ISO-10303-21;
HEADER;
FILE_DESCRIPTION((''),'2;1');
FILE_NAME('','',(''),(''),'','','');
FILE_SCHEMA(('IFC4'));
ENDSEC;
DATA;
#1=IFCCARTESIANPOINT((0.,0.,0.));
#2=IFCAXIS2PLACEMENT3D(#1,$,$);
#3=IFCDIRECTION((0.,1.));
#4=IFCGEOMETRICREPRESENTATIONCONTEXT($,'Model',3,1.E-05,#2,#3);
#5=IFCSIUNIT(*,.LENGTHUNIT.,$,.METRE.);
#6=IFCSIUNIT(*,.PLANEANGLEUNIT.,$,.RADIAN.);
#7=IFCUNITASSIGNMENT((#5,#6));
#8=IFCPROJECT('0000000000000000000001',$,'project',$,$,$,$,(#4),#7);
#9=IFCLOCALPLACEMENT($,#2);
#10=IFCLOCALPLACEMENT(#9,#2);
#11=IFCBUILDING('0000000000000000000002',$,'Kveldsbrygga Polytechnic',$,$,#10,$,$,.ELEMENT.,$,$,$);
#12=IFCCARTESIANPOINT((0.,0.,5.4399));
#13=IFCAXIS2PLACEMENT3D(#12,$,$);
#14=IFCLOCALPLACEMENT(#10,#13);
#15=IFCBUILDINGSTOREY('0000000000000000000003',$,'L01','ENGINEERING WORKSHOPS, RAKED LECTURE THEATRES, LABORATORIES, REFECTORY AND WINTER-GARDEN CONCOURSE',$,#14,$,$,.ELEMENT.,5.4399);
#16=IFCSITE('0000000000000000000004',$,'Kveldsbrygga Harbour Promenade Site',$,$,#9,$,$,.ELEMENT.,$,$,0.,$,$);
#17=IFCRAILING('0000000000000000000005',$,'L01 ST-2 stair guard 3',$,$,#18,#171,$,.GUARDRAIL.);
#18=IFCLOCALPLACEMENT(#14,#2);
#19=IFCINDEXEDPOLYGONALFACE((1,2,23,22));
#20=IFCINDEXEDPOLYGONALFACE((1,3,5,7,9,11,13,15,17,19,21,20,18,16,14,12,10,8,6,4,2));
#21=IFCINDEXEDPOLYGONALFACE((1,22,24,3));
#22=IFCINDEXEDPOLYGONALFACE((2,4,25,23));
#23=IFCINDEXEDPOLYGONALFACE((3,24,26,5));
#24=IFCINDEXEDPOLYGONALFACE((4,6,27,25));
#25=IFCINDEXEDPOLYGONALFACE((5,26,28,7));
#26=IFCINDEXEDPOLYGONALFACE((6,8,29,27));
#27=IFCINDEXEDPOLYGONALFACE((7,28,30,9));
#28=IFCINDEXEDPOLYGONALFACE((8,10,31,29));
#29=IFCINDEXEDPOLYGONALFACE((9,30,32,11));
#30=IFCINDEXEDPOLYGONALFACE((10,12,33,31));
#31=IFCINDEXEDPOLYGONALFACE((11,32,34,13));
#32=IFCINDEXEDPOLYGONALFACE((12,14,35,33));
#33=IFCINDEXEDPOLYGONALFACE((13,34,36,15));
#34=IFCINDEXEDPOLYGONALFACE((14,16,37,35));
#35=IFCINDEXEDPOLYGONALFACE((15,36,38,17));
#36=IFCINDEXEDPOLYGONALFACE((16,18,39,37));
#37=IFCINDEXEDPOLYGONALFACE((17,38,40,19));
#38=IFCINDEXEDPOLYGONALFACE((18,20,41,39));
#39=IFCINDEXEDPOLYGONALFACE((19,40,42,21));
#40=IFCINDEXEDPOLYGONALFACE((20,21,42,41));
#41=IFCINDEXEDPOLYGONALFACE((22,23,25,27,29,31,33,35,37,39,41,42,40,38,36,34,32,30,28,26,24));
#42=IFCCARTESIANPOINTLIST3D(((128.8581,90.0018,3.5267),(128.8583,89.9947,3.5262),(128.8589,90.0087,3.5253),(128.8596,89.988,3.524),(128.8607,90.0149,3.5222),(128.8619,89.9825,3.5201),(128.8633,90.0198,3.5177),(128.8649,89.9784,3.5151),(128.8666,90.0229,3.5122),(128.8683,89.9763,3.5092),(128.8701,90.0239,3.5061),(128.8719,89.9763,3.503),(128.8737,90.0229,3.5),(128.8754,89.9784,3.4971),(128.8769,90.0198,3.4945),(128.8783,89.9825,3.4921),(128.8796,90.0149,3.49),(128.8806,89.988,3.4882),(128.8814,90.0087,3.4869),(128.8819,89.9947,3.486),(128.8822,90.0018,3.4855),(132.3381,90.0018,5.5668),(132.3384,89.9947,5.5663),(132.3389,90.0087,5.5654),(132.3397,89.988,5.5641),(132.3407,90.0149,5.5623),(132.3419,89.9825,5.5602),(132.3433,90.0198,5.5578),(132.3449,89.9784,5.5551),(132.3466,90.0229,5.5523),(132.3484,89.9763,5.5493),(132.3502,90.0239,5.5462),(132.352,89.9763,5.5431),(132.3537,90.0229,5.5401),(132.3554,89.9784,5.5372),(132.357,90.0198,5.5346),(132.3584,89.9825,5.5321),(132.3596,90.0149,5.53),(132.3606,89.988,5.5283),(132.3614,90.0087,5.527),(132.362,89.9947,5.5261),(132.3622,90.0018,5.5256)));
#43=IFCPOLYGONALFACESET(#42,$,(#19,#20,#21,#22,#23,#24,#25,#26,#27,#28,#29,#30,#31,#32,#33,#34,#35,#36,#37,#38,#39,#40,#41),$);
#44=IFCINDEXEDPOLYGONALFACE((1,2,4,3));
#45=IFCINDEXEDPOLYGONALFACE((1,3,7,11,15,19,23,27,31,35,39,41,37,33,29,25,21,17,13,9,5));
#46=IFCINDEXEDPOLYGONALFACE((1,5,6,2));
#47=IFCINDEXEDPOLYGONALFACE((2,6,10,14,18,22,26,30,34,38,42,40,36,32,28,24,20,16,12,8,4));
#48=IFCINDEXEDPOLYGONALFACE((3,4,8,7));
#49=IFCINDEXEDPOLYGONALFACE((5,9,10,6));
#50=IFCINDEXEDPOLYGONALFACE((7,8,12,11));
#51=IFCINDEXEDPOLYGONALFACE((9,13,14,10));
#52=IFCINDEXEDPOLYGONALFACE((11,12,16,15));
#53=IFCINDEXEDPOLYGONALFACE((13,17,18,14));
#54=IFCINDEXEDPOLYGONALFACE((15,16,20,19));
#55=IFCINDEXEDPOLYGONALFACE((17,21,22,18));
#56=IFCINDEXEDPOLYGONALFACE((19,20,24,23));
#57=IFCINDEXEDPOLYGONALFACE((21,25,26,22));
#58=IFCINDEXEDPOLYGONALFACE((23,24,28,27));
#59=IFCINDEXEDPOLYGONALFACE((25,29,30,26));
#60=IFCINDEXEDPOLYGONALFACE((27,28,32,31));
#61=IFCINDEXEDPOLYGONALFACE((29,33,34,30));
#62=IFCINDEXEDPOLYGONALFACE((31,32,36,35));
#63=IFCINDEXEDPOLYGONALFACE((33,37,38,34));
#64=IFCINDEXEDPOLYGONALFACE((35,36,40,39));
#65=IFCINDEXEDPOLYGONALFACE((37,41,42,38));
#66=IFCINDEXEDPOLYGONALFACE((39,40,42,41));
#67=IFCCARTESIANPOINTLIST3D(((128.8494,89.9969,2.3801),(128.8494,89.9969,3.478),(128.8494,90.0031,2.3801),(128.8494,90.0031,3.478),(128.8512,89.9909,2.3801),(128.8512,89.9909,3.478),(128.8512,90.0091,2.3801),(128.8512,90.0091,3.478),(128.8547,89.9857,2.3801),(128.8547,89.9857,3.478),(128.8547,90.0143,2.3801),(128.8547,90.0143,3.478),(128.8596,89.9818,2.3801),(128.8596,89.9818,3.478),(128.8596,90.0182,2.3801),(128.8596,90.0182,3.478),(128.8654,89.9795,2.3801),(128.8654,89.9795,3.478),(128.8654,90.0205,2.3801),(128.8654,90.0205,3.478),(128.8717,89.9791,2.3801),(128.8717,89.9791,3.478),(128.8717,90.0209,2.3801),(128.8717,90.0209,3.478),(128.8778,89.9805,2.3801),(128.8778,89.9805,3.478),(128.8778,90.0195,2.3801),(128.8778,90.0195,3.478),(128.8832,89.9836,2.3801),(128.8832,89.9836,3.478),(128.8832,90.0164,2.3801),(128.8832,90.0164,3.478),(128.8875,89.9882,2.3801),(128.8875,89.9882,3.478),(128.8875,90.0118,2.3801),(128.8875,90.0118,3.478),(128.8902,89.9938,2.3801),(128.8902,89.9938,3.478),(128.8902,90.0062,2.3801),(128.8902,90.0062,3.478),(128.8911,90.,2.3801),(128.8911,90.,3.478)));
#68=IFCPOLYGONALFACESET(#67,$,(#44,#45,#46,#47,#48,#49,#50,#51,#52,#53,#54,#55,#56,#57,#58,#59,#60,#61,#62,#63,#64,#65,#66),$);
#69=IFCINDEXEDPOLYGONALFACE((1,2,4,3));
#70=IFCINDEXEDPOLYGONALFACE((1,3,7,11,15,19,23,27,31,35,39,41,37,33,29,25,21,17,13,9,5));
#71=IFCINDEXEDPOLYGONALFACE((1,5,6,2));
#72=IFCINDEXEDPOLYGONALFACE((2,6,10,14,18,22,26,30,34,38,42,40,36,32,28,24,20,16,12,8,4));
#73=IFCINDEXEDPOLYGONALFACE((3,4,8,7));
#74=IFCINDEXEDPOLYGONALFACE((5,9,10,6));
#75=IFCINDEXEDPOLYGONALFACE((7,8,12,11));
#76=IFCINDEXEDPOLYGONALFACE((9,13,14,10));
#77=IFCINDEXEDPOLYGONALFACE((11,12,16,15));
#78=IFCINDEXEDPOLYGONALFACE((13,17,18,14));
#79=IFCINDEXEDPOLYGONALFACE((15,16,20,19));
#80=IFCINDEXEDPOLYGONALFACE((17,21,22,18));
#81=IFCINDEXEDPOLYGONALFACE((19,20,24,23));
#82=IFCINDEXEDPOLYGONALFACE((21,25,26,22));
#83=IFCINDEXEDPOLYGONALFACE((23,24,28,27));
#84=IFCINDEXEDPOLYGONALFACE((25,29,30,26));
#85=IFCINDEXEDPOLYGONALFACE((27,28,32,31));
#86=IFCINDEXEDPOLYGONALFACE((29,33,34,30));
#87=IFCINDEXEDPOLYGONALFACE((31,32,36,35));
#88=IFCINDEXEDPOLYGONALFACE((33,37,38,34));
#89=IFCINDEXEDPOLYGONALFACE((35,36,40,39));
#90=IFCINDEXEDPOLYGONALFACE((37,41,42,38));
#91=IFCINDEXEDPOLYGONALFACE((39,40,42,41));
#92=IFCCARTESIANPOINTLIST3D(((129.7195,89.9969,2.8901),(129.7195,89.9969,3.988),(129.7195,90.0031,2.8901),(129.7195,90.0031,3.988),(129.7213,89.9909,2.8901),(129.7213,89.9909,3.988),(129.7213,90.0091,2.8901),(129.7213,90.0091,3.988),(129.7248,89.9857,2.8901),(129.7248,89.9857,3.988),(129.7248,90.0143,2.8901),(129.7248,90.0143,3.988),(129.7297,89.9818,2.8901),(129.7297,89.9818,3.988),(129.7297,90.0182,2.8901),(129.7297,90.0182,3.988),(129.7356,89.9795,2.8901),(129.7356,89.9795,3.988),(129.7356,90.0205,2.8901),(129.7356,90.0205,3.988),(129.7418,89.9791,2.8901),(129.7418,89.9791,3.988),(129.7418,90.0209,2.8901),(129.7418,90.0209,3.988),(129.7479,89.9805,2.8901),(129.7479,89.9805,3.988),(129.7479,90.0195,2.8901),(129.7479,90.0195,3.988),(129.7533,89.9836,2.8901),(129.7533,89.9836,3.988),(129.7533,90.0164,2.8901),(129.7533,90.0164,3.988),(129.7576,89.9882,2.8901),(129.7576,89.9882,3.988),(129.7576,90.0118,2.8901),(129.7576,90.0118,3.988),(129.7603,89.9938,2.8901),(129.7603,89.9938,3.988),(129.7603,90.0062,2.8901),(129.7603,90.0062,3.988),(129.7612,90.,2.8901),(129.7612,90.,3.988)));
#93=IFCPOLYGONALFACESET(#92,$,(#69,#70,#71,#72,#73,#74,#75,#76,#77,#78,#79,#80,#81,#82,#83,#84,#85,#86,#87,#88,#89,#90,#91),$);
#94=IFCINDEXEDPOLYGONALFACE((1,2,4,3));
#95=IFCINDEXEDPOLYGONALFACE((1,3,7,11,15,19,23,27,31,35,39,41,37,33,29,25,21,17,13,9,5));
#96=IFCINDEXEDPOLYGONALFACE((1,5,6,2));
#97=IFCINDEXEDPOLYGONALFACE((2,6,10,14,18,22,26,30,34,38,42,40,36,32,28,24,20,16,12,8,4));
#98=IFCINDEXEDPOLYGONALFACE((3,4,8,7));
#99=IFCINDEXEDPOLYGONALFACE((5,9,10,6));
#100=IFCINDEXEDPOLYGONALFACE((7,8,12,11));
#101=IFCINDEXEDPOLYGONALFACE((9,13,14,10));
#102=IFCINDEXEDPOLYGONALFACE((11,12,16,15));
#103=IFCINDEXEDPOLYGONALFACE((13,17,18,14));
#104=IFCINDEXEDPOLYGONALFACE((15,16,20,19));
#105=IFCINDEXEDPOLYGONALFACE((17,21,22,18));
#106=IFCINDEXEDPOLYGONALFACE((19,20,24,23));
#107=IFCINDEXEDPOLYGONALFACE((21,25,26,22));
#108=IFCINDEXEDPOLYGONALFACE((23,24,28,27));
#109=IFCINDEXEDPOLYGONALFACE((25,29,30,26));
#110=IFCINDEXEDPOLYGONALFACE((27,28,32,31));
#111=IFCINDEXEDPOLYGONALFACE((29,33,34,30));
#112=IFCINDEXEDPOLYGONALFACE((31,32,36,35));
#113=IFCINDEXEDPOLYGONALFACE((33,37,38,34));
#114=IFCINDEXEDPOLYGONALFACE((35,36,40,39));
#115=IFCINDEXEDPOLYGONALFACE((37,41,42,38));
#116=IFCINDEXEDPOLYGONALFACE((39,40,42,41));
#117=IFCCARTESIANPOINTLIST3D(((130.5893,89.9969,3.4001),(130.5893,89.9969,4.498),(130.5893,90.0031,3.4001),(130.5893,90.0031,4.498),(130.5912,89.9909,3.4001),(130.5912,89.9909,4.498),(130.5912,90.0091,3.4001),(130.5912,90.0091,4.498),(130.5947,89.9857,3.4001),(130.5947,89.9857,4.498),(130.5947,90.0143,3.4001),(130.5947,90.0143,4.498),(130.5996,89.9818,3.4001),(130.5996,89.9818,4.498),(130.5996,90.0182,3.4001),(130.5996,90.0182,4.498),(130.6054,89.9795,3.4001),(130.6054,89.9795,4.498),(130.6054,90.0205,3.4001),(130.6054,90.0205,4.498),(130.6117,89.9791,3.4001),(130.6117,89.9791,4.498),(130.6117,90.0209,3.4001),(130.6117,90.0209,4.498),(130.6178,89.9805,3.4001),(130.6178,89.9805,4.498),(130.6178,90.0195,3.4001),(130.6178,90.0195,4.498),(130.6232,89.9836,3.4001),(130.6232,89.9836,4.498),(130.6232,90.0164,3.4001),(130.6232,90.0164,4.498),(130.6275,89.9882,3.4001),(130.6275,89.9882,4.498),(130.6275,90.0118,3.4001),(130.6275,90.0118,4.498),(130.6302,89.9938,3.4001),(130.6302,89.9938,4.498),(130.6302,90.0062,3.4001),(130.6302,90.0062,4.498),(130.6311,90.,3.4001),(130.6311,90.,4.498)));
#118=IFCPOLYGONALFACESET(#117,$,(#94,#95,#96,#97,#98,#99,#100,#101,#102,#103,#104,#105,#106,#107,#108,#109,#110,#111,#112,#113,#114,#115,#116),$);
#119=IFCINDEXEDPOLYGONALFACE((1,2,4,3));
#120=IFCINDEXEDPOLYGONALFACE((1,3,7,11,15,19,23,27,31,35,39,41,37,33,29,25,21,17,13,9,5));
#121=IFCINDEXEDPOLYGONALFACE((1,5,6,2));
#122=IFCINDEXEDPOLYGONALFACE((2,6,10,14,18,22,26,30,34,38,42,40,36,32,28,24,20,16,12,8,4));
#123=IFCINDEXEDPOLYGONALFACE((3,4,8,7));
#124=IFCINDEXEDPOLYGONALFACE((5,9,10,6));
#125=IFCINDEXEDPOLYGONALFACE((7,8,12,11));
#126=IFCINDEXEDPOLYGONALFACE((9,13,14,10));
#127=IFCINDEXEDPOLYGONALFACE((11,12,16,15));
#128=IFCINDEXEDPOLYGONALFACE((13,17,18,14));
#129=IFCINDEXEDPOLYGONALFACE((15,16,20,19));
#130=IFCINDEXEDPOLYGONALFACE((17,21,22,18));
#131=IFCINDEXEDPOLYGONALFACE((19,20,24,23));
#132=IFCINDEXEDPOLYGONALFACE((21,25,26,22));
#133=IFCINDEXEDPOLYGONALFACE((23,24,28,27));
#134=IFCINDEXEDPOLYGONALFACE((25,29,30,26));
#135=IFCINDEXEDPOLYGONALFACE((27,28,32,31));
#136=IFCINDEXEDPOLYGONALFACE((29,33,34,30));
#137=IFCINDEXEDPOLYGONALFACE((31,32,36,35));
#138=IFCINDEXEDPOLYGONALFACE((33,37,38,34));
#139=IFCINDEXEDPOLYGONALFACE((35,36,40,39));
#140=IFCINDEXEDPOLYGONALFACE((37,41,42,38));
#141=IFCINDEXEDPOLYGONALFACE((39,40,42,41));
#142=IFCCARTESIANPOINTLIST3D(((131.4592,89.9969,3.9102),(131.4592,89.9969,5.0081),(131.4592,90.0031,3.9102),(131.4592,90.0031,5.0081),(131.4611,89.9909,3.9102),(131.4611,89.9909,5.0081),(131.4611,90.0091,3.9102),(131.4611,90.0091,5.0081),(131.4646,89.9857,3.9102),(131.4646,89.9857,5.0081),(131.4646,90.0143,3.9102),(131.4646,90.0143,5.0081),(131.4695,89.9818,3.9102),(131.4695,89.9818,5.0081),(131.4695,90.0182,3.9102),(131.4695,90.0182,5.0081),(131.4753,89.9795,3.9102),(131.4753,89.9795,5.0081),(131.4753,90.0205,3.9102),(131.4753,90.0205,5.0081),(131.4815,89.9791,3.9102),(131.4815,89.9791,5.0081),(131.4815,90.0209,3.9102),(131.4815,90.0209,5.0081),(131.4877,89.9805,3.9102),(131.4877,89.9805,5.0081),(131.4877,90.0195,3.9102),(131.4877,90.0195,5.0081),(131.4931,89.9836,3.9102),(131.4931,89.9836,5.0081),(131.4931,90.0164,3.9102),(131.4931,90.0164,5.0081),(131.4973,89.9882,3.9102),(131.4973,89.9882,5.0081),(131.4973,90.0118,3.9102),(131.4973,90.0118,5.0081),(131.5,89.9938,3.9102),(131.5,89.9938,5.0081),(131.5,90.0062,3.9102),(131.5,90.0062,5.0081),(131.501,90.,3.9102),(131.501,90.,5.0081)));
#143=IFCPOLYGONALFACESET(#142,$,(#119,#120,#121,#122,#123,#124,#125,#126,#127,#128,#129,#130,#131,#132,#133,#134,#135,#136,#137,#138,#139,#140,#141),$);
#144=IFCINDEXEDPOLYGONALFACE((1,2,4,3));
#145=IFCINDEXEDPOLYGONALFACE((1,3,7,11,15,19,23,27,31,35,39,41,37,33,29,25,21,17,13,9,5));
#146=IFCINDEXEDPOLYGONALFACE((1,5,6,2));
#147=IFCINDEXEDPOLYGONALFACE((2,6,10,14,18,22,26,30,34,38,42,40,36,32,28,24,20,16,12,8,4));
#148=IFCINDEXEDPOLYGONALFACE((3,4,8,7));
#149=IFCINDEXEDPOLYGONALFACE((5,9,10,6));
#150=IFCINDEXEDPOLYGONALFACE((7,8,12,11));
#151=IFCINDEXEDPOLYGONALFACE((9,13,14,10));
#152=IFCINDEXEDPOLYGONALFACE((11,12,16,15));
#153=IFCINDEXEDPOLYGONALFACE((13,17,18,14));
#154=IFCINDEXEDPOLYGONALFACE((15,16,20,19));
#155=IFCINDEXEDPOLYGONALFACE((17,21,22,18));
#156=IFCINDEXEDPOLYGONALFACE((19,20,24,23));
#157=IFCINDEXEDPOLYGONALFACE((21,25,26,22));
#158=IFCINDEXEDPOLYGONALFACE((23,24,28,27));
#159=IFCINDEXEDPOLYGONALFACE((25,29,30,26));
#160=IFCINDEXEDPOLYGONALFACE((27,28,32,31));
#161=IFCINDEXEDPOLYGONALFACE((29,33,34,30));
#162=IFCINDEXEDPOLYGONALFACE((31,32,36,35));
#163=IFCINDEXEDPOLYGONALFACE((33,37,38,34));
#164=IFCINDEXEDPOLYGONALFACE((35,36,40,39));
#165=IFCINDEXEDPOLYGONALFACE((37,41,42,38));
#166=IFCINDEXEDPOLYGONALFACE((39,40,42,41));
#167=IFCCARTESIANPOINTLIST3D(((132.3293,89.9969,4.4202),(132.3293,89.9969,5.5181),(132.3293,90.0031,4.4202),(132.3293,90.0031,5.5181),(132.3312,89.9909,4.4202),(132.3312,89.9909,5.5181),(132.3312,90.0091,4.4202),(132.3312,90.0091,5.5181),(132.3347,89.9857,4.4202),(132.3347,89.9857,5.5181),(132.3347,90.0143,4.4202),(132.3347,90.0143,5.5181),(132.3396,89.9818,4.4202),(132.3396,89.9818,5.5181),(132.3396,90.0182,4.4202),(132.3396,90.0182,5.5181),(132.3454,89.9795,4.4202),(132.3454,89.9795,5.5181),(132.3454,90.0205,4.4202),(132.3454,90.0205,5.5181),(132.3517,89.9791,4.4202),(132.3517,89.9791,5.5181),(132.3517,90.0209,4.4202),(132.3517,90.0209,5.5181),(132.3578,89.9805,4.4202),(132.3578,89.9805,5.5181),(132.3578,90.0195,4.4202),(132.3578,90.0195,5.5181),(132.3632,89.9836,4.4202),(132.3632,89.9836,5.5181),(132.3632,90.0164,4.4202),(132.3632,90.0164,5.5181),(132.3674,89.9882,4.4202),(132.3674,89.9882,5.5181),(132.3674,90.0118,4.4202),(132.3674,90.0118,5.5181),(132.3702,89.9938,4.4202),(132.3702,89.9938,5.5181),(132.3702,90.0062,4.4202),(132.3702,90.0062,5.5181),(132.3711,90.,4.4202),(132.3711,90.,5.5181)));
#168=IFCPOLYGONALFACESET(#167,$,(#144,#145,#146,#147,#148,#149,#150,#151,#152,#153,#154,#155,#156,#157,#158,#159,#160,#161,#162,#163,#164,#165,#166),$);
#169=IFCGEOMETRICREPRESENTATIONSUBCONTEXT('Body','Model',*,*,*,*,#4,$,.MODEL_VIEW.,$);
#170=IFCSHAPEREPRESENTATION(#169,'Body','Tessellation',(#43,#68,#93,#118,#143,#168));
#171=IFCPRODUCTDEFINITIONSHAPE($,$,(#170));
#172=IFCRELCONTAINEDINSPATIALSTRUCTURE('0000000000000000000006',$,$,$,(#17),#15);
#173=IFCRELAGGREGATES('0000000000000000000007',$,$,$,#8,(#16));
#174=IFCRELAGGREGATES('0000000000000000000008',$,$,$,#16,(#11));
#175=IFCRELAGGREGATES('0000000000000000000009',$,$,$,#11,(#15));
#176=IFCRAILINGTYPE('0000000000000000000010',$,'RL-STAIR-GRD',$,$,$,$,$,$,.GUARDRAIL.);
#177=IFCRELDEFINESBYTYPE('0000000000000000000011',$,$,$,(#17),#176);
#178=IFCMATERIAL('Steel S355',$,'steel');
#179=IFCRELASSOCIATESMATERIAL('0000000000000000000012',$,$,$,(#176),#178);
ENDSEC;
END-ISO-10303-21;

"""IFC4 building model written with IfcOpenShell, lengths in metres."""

from ifc_helpers import new_model, si_unit, direction, frame, origin, origin_2d, place, context, subcontext, project, spatial, circle, extrude, material, type_object, element, save


model = new_model("IFC4")

# Units and contexts
model_context = context("Model", 3, precision=1e-05, world=origin(), true_north=direction((0.0, 1.0)))
body_context = subcontext(model_context, "Body", "Model", "MODEL_VIEW")
ifc_project = project(units=[si_unit("LENGTHUNIT", "METRE"), si_unit("PLANEANGLEUNIT", "RADIAN")], contexts=[model_context])

# Site, building, storey
site_placement = place(None, origin())
site = spatial("IfcSite", under=ifc_project, at=site_placement, Name="Kveldsbrygga Harbour Promenade Site", CompositionType="ELEMENT", RefElevation=0.0)
building_placement = place(site_placement, origin())
building = spatial("IfcBuilding", under=site, at=building_placement, Name="Kveldsbrygga Polytechnic", CompositionType="ELEMENT")
storey_placement = place(building_placement, frame((0.0, 0.0, 5.4399)))
storey = spatial("IfcBuildingStorey", under=building, at=storey_placement, Name="L01", Description="ENGINEERING WORKSHOPS, RAKED LECTURE THEATRES, LABORATORIES, REFECTORY AND WINTER-GARDEN CONCOURSE", CompositionType="ELEMENT", Elevation=5.4399)

# Railing
ifc_material_1 = material(Name="Steel S355", Category="steel")
railing_type_1 = type_object("IfcRailingType", Name="RL-STAIR-GRD", PredefinedType="GUARDRAIL", material=ifc_material_1)
railing_1_placement = place(storey_placement, frame((128.8701, 90.0, 2.3801)))
element("IfcRailing", 1, at=railing_1_placement, inside=storey, type_object=railing_type_1, Name="L01 ST-2 stair guard 3", PredefinedType="GUARDRAIL", context=body_context, shape_type="SweptSolid", body=[
    extrude(circle(Radius=0.0239, at=origin_2d()), frame((0.0, 0.0, 1.126), z_axis=(0.862693, 0.0, 0.505729), x_axis=(0.0, 1.0, 0.0)), (0.0, 0.0, 1.0), 4.0339),
    extrude(circle(Radius=0.021, at=origin_2d()), origin(), (0.0, 0.0, 1.0), 1.0979),
    extrude(circle(Radius=0.021, at=origin_2d()), frame((0.8701, 0.0, 0.51)), (0.0, 0.0, 1.0), 1.0979),
    extrude(circle(Radius=0.021, at=origin_2d()), frame((1.74, 0.0, 1.02)), (0.0, 0.0, 1.0), 1.0979),
    extrude(circle(Radius=0.021, at=origin_2d()), frame((2.6099, 0.0, 1.53)), (0.0, 0.0, 1.0), 1.0979),
    extrude(circle(Radius=0.021, at=origin_2d()), frame((3.48, 0.0, 2.04)), (0.0, 0.0, 1.0), 1.0979),
])

save(model, "model.ifc")
